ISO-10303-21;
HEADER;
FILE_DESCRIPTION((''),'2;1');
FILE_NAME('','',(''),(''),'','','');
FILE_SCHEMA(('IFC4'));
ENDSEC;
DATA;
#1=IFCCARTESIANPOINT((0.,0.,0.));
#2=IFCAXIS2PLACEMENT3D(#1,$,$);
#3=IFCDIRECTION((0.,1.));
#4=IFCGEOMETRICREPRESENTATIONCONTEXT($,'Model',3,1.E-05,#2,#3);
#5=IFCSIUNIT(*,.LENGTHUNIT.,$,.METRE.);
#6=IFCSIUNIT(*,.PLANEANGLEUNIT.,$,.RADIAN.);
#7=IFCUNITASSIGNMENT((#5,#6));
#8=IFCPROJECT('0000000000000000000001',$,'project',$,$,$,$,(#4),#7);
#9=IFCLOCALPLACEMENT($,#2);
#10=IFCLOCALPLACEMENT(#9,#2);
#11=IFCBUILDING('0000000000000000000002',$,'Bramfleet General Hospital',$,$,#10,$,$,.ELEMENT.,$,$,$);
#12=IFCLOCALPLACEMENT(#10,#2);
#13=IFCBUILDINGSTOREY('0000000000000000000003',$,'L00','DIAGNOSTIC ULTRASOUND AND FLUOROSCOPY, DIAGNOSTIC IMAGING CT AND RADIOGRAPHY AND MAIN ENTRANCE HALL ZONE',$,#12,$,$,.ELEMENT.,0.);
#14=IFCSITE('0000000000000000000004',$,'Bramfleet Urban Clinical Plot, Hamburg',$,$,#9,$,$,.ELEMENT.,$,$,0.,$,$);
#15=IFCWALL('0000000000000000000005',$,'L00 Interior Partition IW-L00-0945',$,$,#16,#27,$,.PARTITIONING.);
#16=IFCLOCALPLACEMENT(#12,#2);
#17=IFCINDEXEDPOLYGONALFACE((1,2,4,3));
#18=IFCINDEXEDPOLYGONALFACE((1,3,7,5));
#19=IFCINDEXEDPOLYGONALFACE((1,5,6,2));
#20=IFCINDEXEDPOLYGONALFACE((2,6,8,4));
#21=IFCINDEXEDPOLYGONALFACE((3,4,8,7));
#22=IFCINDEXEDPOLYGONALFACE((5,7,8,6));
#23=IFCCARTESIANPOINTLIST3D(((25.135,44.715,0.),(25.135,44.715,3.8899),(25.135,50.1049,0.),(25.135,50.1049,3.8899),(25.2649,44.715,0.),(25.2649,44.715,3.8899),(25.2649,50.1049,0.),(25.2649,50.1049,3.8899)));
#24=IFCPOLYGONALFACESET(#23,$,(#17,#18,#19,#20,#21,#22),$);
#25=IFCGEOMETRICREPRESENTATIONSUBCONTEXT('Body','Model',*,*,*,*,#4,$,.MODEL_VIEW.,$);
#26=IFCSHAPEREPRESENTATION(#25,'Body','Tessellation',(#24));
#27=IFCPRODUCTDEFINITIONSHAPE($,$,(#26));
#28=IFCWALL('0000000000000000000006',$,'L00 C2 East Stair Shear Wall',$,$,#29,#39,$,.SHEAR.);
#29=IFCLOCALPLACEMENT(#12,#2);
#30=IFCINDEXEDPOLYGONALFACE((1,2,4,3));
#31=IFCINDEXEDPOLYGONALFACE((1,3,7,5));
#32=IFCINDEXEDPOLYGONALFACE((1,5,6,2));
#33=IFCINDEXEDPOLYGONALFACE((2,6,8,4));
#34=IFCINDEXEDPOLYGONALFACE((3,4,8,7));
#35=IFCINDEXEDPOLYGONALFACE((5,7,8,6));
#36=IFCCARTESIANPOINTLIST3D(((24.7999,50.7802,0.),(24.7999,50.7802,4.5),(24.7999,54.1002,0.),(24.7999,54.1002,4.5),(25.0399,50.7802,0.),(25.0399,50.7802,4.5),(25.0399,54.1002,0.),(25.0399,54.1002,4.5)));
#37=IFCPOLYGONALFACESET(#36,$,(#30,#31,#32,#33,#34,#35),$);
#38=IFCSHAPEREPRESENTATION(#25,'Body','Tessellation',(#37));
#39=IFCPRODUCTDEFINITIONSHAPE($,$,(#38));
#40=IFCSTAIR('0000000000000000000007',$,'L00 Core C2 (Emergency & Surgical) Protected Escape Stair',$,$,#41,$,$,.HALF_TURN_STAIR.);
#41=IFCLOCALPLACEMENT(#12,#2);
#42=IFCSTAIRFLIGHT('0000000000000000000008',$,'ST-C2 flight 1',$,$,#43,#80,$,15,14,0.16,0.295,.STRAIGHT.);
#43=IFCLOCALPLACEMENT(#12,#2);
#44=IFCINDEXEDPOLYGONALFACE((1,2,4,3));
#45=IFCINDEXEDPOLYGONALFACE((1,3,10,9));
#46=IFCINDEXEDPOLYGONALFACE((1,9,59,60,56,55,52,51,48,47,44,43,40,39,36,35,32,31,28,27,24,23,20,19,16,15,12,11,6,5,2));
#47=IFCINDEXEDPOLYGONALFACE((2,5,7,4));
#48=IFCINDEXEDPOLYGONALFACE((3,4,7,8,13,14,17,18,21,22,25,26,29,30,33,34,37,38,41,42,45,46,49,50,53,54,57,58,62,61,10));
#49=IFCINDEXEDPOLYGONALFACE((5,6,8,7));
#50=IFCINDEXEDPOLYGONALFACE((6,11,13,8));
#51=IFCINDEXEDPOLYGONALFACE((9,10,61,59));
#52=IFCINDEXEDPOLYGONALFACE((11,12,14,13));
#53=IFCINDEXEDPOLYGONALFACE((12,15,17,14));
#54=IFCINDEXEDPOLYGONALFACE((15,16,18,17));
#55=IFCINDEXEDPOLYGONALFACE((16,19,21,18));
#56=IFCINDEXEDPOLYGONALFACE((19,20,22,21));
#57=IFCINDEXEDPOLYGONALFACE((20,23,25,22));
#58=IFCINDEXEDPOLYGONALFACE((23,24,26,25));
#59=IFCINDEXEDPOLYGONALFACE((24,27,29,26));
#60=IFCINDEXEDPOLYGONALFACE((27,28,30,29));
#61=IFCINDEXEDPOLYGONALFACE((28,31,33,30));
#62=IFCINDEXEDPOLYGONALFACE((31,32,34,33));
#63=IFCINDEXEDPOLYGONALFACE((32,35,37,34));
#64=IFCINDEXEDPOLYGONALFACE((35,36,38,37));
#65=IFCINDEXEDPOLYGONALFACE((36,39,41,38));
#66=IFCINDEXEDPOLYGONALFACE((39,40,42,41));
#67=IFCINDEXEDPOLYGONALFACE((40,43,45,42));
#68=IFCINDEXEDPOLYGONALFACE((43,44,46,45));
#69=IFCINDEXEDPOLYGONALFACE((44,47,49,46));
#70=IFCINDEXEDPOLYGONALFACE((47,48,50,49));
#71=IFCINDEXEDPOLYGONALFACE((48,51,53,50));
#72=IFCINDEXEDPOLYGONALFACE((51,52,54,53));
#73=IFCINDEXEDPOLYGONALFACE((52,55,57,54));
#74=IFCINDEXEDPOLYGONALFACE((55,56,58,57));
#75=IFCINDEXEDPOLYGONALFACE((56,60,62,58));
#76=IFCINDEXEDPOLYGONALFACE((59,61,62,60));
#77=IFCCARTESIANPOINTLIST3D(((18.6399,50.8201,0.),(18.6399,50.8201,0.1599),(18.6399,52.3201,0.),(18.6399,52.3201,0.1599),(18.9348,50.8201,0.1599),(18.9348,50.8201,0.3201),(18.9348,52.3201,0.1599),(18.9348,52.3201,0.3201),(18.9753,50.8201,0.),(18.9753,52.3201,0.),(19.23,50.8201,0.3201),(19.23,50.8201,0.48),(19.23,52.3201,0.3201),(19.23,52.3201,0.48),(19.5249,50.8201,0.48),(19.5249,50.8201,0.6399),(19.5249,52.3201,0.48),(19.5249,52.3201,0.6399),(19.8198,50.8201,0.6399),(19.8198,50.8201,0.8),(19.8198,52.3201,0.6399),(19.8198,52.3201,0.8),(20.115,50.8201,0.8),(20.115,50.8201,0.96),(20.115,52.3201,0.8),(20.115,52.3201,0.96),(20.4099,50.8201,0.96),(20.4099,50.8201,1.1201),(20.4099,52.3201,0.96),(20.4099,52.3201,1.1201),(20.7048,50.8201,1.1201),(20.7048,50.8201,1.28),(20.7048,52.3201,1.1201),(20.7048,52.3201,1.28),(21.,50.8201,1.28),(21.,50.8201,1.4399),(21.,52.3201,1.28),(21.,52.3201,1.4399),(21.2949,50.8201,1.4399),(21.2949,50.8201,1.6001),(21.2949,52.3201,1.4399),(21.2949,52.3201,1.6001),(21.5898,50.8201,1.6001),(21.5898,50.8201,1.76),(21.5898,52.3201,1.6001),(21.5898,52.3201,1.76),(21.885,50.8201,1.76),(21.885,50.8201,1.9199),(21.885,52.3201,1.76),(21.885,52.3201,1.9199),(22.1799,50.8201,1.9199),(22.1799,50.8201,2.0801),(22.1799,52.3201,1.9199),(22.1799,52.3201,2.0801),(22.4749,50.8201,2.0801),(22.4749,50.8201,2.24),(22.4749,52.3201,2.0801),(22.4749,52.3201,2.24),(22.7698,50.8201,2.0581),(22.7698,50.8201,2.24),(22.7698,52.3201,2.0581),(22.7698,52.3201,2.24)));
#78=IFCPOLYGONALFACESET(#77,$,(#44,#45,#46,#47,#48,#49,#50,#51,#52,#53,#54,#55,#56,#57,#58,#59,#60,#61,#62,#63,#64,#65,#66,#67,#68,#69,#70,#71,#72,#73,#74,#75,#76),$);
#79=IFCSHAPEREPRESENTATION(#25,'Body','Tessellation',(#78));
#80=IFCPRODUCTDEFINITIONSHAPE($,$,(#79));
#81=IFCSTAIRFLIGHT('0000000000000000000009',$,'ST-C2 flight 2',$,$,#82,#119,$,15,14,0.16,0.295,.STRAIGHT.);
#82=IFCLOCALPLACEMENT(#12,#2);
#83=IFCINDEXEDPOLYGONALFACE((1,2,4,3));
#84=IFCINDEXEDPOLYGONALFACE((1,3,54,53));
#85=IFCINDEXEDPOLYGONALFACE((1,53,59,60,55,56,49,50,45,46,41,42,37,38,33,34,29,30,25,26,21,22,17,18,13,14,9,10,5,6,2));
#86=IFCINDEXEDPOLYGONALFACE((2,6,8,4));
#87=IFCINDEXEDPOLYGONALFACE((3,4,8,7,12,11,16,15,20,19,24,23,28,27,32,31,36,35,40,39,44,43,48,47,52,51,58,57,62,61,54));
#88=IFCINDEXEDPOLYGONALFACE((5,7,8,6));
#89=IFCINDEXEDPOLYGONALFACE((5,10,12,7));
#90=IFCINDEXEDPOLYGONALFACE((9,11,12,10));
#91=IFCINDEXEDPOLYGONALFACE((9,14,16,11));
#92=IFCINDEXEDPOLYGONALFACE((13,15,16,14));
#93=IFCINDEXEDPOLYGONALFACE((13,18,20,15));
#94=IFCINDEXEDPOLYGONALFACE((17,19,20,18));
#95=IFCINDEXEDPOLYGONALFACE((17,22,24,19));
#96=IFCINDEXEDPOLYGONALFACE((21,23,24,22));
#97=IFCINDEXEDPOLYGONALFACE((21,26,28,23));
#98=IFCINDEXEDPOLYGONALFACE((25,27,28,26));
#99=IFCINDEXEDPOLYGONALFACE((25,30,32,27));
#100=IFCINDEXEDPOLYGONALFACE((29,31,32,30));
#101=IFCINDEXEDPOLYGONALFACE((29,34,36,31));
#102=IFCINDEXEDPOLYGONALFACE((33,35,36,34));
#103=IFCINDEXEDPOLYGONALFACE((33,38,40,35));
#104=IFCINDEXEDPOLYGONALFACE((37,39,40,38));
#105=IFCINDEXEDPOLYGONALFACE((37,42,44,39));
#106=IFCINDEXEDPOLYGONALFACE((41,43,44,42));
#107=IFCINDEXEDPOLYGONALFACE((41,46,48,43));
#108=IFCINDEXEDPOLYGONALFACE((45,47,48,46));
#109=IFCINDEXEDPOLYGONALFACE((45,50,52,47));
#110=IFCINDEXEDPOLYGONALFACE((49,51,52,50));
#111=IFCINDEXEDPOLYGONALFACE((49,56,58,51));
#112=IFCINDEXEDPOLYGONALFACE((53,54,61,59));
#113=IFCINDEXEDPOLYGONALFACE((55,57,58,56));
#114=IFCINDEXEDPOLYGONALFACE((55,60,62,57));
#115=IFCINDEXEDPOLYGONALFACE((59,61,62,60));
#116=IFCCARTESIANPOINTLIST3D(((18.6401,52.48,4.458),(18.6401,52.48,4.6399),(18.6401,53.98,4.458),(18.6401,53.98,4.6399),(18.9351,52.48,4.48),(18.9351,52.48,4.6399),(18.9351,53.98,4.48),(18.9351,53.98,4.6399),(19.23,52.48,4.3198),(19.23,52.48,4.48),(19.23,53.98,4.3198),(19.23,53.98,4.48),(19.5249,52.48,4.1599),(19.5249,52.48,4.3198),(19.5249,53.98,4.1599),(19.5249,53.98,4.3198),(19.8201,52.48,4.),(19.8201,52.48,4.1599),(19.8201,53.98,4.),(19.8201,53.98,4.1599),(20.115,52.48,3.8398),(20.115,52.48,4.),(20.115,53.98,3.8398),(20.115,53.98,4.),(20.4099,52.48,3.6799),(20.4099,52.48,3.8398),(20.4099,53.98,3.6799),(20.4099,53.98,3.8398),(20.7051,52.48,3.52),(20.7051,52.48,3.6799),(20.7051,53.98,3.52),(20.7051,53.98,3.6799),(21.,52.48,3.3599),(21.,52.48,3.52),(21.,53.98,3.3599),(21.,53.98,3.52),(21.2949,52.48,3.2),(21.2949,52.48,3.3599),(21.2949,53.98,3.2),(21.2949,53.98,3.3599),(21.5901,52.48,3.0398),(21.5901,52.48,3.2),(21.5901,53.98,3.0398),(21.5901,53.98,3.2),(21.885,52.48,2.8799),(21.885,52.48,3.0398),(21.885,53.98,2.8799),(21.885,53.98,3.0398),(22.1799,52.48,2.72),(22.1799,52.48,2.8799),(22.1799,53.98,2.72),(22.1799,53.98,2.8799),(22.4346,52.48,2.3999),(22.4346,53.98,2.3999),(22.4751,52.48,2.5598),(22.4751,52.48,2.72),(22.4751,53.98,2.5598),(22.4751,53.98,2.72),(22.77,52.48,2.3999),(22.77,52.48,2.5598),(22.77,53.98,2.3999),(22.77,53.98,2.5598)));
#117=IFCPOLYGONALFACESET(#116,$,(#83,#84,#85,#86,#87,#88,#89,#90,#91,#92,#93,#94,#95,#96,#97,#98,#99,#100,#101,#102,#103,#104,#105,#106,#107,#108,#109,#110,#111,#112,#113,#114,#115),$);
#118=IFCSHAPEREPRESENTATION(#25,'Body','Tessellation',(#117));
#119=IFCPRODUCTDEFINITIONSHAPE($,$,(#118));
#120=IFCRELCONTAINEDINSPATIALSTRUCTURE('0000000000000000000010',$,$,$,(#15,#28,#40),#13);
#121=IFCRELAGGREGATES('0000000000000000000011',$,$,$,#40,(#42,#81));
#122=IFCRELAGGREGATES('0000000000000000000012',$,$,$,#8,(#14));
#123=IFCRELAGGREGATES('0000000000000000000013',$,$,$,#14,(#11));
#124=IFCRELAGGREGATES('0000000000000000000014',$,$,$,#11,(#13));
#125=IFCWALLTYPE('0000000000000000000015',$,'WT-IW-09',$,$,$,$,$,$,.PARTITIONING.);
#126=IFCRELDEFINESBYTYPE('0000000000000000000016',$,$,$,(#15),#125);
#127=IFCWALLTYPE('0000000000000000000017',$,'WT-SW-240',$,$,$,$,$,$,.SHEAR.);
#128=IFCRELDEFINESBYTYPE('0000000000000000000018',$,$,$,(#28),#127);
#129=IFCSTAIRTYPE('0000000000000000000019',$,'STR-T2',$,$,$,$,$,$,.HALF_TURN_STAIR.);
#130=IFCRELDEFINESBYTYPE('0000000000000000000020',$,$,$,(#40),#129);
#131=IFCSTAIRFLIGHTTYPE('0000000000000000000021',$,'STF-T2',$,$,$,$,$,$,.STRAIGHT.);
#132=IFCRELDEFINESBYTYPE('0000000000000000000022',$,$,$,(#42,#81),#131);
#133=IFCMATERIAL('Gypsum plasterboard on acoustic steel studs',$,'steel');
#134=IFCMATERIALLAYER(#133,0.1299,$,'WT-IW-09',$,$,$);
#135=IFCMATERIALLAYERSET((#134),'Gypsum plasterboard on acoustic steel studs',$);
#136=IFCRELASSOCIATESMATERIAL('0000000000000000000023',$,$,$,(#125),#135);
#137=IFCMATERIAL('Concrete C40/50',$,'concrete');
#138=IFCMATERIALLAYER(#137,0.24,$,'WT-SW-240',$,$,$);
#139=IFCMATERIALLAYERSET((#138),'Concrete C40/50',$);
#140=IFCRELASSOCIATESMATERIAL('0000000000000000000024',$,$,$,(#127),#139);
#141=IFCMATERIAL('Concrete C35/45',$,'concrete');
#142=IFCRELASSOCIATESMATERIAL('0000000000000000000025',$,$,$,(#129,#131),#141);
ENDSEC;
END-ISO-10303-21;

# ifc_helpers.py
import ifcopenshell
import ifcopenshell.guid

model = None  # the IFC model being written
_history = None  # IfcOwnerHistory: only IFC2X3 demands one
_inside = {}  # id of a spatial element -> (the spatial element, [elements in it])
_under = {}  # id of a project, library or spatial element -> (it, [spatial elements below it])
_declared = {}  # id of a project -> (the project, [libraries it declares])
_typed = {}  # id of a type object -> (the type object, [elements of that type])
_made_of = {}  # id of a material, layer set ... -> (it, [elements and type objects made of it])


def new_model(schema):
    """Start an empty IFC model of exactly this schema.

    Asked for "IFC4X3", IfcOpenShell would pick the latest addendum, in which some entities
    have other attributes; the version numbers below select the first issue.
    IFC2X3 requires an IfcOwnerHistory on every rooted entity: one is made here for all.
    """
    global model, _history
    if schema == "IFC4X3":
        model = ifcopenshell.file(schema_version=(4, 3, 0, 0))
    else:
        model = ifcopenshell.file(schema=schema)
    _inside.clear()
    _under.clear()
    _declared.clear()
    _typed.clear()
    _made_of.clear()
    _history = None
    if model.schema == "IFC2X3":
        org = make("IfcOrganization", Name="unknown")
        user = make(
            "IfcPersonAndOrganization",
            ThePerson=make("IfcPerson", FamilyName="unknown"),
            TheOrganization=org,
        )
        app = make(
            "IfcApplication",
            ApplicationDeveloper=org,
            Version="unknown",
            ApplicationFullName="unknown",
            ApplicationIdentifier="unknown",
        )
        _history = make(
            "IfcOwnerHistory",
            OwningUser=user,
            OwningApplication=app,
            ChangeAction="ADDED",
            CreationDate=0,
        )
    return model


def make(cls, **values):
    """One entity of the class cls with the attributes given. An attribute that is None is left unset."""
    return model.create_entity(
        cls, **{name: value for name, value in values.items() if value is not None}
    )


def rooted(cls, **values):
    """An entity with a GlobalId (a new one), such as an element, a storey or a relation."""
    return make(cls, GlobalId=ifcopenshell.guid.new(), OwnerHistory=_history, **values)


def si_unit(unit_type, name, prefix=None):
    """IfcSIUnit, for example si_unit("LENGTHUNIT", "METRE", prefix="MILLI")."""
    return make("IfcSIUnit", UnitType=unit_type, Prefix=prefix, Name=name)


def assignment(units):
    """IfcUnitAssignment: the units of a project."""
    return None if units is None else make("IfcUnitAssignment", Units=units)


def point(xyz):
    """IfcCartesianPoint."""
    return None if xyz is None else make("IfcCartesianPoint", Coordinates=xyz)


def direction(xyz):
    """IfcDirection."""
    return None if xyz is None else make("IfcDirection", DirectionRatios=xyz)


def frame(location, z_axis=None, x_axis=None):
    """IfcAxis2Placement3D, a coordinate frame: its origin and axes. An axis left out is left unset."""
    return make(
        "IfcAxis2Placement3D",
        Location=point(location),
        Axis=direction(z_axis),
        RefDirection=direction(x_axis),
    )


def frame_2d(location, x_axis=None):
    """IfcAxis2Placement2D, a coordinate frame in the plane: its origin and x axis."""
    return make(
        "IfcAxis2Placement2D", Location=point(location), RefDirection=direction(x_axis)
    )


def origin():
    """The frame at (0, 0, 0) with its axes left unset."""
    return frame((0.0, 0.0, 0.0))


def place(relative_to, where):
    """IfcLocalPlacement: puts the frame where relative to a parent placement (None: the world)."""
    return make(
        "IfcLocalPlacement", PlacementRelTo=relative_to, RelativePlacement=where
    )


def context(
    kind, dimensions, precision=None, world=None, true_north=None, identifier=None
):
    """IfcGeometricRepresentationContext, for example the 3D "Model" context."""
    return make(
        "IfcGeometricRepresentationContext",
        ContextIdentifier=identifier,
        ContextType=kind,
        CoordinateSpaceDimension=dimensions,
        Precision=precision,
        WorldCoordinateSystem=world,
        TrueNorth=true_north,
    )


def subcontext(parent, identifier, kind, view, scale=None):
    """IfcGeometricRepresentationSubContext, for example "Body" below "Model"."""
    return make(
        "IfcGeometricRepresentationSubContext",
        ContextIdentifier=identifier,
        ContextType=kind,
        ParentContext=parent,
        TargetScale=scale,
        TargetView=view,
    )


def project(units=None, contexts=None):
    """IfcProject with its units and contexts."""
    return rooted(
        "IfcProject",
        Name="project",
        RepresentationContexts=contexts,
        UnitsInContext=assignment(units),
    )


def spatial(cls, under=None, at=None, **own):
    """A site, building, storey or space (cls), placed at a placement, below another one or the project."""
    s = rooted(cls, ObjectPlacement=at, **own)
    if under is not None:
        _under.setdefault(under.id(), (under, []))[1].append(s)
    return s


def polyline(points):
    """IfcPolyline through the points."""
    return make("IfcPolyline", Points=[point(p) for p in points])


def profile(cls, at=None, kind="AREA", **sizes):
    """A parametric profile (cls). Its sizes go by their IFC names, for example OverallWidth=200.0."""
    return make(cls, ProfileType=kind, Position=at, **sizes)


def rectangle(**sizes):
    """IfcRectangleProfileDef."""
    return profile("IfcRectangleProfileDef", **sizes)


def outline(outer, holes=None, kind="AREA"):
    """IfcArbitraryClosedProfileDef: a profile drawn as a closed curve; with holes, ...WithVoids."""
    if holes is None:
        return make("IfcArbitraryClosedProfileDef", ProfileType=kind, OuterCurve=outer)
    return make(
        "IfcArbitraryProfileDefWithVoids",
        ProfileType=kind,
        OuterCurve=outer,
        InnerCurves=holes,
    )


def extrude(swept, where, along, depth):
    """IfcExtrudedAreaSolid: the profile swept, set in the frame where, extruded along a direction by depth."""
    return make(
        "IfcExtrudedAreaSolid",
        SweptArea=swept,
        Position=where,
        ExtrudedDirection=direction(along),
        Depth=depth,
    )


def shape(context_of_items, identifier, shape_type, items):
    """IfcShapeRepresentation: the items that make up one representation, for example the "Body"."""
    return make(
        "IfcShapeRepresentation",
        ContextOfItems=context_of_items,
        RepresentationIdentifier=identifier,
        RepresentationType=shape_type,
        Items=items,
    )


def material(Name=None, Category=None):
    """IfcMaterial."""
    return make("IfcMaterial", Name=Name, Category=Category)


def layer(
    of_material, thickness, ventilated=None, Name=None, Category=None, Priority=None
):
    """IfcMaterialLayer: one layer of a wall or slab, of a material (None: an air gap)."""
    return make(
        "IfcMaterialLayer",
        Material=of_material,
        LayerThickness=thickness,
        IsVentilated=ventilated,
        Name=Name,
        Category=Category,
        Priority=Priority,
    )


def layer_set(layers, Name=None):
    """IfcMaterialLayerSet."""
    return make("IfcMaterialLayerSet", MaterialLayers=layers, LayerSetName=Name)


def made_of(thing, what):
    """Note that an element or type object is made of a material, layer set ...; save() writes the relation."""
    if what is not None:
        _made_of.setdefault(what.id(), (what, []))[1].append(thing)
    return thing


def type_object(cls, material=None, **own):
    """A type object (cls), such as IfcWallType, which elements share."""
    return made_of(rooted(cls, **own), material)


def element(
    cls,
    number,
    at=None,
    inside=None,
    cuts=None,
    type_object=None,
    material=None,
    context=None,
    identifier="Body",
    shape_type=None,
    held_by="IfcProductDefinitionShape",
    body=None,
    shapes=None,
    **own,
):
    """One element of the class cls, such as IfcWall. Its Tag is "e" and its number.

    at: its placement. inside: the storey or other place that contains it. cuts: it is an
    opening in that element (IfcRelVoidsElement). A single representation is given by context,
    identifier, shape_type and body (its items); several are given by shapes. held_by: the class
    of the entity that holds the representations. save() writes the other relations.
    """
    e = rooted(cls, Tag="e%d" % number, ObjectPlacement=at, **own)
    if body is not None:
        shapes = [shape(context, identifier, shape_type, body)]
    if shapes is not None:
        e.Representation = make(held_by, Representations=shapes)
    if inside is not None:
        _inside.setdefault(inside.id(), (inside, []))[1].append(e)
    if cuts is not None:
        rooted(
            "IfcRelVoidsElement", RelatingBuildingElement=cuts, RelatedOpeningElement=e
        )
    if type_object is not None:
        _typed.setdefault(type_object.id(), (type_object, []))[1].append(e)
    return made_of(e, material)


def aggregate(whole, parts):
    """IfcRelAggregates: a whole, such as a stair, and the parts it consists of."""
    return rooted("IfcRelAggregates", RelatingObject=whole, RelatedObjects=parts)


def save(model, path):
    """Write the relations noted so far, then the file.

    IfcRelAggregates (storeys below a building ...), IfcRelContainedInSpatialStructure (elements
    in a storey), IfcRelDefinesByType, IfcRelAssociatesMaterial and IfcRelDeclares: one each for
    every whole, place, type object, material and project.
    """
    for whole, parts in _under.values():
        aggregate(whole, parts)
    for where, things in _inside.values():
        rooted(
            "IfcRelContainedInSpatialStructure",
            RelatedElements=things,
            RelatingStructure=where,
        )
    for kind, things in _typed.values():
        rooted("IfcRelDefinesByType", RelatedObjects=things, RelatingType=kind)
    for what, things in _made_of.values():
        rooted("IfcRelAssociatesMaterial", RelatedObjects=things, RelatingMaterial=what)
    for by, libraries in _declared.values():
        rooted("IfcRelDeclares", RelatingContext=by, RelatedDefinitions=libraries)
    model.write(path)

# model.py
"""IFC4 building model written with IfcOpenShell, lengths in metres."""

from ifc_helpers import new_model, si_unit, direction, frame, frame_2d, origin, place, context, subcontext, project, spatial, polyline, rectangle, outline, extrude, material, layer, layer_set, type_object, element, aggregate, save


model = new_model("IFC4")

# Units and contexts
model_context = context("Model", 3, precision=1e-05, world=origin(), true_north=direction((0.0, 1.0)))
body_context = subcontext(model_context, "Body", "Model", "MODEL_VIEW")
ifc_project = project(units=[si_unit("LENGTHUNIT", "METRE"), si_unit("PLANEANGLEUNIT", "RADIAN")], contexts=[model_context])

# Site, building, storey
site_placement = place(None, origin())
site = spatial("IfcSite", under=ifc_project, at=site_placement, Name="Bramfleet Urban Clinical Plot, Hamburg", CompositionType="ELEMENT", RefElevation=0.0)
building_placement = place(site_placement, origin())
building = spatial("IfcBuilding", under=site, at=building_placement, Name="Bramfleet General Hospital", CompositionType="ELEMENT")
storey_placement = place(building_placement, origin())
storey = spatial("IfcBuildingStorey", under=building, at=storey_placement, Name="L00", Description="DIAGNOSTIC ULTRASOUND AND FLUOROSCOPY, DIAGNOSTIC IMAGING CT AND RADIOGRAPHY AND MAIN ENTRANCE HALL ZONE", CompositionType="ELEMENT", Elevation=0.0)

# Shared definitions
ifc_material_1 = material(Name="Concrete C40/50", Category="concrete")

# Shared definitions
ifc_material_2 = material(Name="Concrete C35/45", Category="concrete")

# Walls
ifc_material_3 = material(Name="Gypsum plasterboard on acoustic steel studs", Category="steel")
ifc_layer_1 = layer(ifc_material_3, 0.1299, Name="WT-IW-09")
ifc_layer_set_1 = layer_set([ifc_layer_1], Name="Gypsum plasterboard on acoustic steel studs")
wall_type_1 = type_object("IfcWallType", Name="WT-IW-09", PredefinedType="PARTITIONING", material=ifc_layer_set_1)
wall_1_placement = place(storey_placement, frame((25.2, 44.7151, 0.0), z_axis=(0.0, 0.0, 1.0), x_axis=(0.0, 1.0, 0.0)))
element("IfcWall", 1, at=wall_1_placement, inside=storey, type_object=wall_type_1, Name="L00 Interior Partition IW-L00-0945", PredefinedType="PARTITIONING", context=body_context, shape_type="SweptSolid", body=[
    extrude(rectangle(XDim=5.3899, YDim=0.1299, at=frame_2d((2.6948, 0.0))), origin(), (0.0, 0.0, 1.0), 3.8899),
])
ifc_layer_2 = layer(ifc_material_1, 0.24, Name="WT-SW-240")
ifc_layer_set_2 = layer_set([ifc_layer_2], Name="Concrete C40/50")
wall_type_2 = type_object("IfcWallType", Name="WT-SW-240", PredefinedType="SHEAR", material=ifc_layer_set_2)
wall_2_placement = place(storey_placement, frame((24.9199, 50.78, 0.0), z_axis=(0.0, 0.0, 1.0), x_axis=(0.0, 1.0, 0.0)))
element("IfcWall", 2, at=wall_2_placement, inside=storey, type_object=wall_type_2, Name="L00 C2 East Stair Shear Wall", PredefinedType="SHEAR", context=body_context, shape_type="SweptSolid", body=[
    extrude(rectangle(XDim=3.3201, YDim=0.24, at=frame_2d((1.6602, 0.0))), origin(), (0.0, 0.0, 1.0), 4.5),
])

# Stair, stair flights
stair_type = type_object("IfcStairType", Name="STR-T2", PredefinedType="HALF_TURN_STAIR", material=ifc_material_2)
stair_placement = place(storey_placement, origin())
stair = element("IfcStair", 3, at=stair_placement, inside=storey, type_object=stair_type, Name="L00 Core C2 (Emergency & Surgical) Protected Escape Stair", PredefinedType="HALF_TURN_STAIR")
stair_flight_type = type_object("IfcStairFlightType", Name="STF-T2", PredefinedType="STRAIGHT", material=ifc_material_2)
stair_flight_1_placement = place(storey_placement, frame((18.6399, 51.5701, 0.0), z_axis=(0.0, 0.0, 1.0), x_axis=(1.0, 0.0, 0.0)))
stair_flight_1 = element("IfcStairFlight", 4, at=stair_flight_1_placement, type_object=stair_flight_type, Name="ST-C2 flight 1", NumberOfRisers=15, NumberOfTreads=14, PredefinedType="STRAIGHT", RiserHeight=0.16, TreadLength=0.295, context=body_context, shape_type="SweptSolid", body=[
    extrude(outline(polyline([(0.0, 0.0), (0.0, 0.1599), (0.2949, 0.1599), (0.2949, 0.3201), (0.5901, 0.3201), (0.5901, 0.48), (0.885, 0.48), (0.885, 0.6399), (1.1799, 0.6399), (1.1799, 0.8), (1.4751, 0.8), (1.4751, 0.96), (1.77, 0.96), (1.77, 1.1201), (2.0649, 1.1201), (2.0649, 1.28), (2.3601, 1.28), (2.3601, 1.4399), (2.655, 1.4399), (2.655, 1.6001), (2.95, 1.6001), (2.95, 1.76), (3.2451, 1.76), (3.2451, 1.9199), (3.54, 1.9199), (3.54, 2.0801), (3.835, 2.0801), (3.835, 2.24), (4.1299, 2.24), (4.1299, 2.3999), (4.1299, 2.0581), (0.3354, 0.0), (0.0, 0.0)])), frame((0.0, 0.75, 0.0), z_axis=(0.0, -1.0, 0.0), x_axis=(1.0, 0.0, 0.0)), (0.0, 0.0, 1.0), 1.5),
])
stair_flight_2_placement = place(storey_placement, frame((22.77, 53.23, 2.3999), z_axis=(0.0, 0.0, 1.0), x_axis=(-1.0, 0.0, 0.0)))
stair_flight_2 = element("IfcStairFlight", 5, at=stair_flight_2_placement, type_object=stair_flight_type, Name="ST-C2 flight 2", NumberOfRisers=15, NumberOfTreads=14, PredefinedType="STRAIGHT", RiserHeight=0.16, TreadLength=0.295, context=body_context, shape_type="SweptSolid", body=[
    extrude(outline(polyline([(0.0, 0.0), (0.0, 0.1599), (0.2949, 0.1599), (0.2949, 0.3201), (0.5901, 0.3201), (0.5901, 0.48), (0.885, 0.48), (0.885, 0.6399), (1.1799, 0.6399), (1.1799, 0.8), (1.4751, 0.8), (1.4751, 0.96), (1.77, 0.96), (1.77, 1.1201), (2.0649, 1.1201), (2.0649, 1.28), (2.3601, 1.28), (2.3601, 1.4399), (2.655, 1.4399), (2.655, 1.6001), (2.95, 1.6001), (2.95, 1.76), (3.2451, 1.76), (3.2451, 1.9199), (3.54, 1.9199), (3.54, 2.0801), (3.835, 2.0801), (3.835, 2.24), (4.1299, 2.24), (4.1299, 2.3999), (4.1299, 2.0581), (0.3354, 0.0), (0.0, 0.0)])), frame((0.0, 0.75, 0.0), z_axis=(0.0, -1.0, 0.0), x_axis=(1.0, 0.0, 0.0)), (0.0, 0.0, 1.0), 1.5),
])
aggregate(stair, [stair_flight_1, stair_flight_2])

save(model, "model.ifc")
